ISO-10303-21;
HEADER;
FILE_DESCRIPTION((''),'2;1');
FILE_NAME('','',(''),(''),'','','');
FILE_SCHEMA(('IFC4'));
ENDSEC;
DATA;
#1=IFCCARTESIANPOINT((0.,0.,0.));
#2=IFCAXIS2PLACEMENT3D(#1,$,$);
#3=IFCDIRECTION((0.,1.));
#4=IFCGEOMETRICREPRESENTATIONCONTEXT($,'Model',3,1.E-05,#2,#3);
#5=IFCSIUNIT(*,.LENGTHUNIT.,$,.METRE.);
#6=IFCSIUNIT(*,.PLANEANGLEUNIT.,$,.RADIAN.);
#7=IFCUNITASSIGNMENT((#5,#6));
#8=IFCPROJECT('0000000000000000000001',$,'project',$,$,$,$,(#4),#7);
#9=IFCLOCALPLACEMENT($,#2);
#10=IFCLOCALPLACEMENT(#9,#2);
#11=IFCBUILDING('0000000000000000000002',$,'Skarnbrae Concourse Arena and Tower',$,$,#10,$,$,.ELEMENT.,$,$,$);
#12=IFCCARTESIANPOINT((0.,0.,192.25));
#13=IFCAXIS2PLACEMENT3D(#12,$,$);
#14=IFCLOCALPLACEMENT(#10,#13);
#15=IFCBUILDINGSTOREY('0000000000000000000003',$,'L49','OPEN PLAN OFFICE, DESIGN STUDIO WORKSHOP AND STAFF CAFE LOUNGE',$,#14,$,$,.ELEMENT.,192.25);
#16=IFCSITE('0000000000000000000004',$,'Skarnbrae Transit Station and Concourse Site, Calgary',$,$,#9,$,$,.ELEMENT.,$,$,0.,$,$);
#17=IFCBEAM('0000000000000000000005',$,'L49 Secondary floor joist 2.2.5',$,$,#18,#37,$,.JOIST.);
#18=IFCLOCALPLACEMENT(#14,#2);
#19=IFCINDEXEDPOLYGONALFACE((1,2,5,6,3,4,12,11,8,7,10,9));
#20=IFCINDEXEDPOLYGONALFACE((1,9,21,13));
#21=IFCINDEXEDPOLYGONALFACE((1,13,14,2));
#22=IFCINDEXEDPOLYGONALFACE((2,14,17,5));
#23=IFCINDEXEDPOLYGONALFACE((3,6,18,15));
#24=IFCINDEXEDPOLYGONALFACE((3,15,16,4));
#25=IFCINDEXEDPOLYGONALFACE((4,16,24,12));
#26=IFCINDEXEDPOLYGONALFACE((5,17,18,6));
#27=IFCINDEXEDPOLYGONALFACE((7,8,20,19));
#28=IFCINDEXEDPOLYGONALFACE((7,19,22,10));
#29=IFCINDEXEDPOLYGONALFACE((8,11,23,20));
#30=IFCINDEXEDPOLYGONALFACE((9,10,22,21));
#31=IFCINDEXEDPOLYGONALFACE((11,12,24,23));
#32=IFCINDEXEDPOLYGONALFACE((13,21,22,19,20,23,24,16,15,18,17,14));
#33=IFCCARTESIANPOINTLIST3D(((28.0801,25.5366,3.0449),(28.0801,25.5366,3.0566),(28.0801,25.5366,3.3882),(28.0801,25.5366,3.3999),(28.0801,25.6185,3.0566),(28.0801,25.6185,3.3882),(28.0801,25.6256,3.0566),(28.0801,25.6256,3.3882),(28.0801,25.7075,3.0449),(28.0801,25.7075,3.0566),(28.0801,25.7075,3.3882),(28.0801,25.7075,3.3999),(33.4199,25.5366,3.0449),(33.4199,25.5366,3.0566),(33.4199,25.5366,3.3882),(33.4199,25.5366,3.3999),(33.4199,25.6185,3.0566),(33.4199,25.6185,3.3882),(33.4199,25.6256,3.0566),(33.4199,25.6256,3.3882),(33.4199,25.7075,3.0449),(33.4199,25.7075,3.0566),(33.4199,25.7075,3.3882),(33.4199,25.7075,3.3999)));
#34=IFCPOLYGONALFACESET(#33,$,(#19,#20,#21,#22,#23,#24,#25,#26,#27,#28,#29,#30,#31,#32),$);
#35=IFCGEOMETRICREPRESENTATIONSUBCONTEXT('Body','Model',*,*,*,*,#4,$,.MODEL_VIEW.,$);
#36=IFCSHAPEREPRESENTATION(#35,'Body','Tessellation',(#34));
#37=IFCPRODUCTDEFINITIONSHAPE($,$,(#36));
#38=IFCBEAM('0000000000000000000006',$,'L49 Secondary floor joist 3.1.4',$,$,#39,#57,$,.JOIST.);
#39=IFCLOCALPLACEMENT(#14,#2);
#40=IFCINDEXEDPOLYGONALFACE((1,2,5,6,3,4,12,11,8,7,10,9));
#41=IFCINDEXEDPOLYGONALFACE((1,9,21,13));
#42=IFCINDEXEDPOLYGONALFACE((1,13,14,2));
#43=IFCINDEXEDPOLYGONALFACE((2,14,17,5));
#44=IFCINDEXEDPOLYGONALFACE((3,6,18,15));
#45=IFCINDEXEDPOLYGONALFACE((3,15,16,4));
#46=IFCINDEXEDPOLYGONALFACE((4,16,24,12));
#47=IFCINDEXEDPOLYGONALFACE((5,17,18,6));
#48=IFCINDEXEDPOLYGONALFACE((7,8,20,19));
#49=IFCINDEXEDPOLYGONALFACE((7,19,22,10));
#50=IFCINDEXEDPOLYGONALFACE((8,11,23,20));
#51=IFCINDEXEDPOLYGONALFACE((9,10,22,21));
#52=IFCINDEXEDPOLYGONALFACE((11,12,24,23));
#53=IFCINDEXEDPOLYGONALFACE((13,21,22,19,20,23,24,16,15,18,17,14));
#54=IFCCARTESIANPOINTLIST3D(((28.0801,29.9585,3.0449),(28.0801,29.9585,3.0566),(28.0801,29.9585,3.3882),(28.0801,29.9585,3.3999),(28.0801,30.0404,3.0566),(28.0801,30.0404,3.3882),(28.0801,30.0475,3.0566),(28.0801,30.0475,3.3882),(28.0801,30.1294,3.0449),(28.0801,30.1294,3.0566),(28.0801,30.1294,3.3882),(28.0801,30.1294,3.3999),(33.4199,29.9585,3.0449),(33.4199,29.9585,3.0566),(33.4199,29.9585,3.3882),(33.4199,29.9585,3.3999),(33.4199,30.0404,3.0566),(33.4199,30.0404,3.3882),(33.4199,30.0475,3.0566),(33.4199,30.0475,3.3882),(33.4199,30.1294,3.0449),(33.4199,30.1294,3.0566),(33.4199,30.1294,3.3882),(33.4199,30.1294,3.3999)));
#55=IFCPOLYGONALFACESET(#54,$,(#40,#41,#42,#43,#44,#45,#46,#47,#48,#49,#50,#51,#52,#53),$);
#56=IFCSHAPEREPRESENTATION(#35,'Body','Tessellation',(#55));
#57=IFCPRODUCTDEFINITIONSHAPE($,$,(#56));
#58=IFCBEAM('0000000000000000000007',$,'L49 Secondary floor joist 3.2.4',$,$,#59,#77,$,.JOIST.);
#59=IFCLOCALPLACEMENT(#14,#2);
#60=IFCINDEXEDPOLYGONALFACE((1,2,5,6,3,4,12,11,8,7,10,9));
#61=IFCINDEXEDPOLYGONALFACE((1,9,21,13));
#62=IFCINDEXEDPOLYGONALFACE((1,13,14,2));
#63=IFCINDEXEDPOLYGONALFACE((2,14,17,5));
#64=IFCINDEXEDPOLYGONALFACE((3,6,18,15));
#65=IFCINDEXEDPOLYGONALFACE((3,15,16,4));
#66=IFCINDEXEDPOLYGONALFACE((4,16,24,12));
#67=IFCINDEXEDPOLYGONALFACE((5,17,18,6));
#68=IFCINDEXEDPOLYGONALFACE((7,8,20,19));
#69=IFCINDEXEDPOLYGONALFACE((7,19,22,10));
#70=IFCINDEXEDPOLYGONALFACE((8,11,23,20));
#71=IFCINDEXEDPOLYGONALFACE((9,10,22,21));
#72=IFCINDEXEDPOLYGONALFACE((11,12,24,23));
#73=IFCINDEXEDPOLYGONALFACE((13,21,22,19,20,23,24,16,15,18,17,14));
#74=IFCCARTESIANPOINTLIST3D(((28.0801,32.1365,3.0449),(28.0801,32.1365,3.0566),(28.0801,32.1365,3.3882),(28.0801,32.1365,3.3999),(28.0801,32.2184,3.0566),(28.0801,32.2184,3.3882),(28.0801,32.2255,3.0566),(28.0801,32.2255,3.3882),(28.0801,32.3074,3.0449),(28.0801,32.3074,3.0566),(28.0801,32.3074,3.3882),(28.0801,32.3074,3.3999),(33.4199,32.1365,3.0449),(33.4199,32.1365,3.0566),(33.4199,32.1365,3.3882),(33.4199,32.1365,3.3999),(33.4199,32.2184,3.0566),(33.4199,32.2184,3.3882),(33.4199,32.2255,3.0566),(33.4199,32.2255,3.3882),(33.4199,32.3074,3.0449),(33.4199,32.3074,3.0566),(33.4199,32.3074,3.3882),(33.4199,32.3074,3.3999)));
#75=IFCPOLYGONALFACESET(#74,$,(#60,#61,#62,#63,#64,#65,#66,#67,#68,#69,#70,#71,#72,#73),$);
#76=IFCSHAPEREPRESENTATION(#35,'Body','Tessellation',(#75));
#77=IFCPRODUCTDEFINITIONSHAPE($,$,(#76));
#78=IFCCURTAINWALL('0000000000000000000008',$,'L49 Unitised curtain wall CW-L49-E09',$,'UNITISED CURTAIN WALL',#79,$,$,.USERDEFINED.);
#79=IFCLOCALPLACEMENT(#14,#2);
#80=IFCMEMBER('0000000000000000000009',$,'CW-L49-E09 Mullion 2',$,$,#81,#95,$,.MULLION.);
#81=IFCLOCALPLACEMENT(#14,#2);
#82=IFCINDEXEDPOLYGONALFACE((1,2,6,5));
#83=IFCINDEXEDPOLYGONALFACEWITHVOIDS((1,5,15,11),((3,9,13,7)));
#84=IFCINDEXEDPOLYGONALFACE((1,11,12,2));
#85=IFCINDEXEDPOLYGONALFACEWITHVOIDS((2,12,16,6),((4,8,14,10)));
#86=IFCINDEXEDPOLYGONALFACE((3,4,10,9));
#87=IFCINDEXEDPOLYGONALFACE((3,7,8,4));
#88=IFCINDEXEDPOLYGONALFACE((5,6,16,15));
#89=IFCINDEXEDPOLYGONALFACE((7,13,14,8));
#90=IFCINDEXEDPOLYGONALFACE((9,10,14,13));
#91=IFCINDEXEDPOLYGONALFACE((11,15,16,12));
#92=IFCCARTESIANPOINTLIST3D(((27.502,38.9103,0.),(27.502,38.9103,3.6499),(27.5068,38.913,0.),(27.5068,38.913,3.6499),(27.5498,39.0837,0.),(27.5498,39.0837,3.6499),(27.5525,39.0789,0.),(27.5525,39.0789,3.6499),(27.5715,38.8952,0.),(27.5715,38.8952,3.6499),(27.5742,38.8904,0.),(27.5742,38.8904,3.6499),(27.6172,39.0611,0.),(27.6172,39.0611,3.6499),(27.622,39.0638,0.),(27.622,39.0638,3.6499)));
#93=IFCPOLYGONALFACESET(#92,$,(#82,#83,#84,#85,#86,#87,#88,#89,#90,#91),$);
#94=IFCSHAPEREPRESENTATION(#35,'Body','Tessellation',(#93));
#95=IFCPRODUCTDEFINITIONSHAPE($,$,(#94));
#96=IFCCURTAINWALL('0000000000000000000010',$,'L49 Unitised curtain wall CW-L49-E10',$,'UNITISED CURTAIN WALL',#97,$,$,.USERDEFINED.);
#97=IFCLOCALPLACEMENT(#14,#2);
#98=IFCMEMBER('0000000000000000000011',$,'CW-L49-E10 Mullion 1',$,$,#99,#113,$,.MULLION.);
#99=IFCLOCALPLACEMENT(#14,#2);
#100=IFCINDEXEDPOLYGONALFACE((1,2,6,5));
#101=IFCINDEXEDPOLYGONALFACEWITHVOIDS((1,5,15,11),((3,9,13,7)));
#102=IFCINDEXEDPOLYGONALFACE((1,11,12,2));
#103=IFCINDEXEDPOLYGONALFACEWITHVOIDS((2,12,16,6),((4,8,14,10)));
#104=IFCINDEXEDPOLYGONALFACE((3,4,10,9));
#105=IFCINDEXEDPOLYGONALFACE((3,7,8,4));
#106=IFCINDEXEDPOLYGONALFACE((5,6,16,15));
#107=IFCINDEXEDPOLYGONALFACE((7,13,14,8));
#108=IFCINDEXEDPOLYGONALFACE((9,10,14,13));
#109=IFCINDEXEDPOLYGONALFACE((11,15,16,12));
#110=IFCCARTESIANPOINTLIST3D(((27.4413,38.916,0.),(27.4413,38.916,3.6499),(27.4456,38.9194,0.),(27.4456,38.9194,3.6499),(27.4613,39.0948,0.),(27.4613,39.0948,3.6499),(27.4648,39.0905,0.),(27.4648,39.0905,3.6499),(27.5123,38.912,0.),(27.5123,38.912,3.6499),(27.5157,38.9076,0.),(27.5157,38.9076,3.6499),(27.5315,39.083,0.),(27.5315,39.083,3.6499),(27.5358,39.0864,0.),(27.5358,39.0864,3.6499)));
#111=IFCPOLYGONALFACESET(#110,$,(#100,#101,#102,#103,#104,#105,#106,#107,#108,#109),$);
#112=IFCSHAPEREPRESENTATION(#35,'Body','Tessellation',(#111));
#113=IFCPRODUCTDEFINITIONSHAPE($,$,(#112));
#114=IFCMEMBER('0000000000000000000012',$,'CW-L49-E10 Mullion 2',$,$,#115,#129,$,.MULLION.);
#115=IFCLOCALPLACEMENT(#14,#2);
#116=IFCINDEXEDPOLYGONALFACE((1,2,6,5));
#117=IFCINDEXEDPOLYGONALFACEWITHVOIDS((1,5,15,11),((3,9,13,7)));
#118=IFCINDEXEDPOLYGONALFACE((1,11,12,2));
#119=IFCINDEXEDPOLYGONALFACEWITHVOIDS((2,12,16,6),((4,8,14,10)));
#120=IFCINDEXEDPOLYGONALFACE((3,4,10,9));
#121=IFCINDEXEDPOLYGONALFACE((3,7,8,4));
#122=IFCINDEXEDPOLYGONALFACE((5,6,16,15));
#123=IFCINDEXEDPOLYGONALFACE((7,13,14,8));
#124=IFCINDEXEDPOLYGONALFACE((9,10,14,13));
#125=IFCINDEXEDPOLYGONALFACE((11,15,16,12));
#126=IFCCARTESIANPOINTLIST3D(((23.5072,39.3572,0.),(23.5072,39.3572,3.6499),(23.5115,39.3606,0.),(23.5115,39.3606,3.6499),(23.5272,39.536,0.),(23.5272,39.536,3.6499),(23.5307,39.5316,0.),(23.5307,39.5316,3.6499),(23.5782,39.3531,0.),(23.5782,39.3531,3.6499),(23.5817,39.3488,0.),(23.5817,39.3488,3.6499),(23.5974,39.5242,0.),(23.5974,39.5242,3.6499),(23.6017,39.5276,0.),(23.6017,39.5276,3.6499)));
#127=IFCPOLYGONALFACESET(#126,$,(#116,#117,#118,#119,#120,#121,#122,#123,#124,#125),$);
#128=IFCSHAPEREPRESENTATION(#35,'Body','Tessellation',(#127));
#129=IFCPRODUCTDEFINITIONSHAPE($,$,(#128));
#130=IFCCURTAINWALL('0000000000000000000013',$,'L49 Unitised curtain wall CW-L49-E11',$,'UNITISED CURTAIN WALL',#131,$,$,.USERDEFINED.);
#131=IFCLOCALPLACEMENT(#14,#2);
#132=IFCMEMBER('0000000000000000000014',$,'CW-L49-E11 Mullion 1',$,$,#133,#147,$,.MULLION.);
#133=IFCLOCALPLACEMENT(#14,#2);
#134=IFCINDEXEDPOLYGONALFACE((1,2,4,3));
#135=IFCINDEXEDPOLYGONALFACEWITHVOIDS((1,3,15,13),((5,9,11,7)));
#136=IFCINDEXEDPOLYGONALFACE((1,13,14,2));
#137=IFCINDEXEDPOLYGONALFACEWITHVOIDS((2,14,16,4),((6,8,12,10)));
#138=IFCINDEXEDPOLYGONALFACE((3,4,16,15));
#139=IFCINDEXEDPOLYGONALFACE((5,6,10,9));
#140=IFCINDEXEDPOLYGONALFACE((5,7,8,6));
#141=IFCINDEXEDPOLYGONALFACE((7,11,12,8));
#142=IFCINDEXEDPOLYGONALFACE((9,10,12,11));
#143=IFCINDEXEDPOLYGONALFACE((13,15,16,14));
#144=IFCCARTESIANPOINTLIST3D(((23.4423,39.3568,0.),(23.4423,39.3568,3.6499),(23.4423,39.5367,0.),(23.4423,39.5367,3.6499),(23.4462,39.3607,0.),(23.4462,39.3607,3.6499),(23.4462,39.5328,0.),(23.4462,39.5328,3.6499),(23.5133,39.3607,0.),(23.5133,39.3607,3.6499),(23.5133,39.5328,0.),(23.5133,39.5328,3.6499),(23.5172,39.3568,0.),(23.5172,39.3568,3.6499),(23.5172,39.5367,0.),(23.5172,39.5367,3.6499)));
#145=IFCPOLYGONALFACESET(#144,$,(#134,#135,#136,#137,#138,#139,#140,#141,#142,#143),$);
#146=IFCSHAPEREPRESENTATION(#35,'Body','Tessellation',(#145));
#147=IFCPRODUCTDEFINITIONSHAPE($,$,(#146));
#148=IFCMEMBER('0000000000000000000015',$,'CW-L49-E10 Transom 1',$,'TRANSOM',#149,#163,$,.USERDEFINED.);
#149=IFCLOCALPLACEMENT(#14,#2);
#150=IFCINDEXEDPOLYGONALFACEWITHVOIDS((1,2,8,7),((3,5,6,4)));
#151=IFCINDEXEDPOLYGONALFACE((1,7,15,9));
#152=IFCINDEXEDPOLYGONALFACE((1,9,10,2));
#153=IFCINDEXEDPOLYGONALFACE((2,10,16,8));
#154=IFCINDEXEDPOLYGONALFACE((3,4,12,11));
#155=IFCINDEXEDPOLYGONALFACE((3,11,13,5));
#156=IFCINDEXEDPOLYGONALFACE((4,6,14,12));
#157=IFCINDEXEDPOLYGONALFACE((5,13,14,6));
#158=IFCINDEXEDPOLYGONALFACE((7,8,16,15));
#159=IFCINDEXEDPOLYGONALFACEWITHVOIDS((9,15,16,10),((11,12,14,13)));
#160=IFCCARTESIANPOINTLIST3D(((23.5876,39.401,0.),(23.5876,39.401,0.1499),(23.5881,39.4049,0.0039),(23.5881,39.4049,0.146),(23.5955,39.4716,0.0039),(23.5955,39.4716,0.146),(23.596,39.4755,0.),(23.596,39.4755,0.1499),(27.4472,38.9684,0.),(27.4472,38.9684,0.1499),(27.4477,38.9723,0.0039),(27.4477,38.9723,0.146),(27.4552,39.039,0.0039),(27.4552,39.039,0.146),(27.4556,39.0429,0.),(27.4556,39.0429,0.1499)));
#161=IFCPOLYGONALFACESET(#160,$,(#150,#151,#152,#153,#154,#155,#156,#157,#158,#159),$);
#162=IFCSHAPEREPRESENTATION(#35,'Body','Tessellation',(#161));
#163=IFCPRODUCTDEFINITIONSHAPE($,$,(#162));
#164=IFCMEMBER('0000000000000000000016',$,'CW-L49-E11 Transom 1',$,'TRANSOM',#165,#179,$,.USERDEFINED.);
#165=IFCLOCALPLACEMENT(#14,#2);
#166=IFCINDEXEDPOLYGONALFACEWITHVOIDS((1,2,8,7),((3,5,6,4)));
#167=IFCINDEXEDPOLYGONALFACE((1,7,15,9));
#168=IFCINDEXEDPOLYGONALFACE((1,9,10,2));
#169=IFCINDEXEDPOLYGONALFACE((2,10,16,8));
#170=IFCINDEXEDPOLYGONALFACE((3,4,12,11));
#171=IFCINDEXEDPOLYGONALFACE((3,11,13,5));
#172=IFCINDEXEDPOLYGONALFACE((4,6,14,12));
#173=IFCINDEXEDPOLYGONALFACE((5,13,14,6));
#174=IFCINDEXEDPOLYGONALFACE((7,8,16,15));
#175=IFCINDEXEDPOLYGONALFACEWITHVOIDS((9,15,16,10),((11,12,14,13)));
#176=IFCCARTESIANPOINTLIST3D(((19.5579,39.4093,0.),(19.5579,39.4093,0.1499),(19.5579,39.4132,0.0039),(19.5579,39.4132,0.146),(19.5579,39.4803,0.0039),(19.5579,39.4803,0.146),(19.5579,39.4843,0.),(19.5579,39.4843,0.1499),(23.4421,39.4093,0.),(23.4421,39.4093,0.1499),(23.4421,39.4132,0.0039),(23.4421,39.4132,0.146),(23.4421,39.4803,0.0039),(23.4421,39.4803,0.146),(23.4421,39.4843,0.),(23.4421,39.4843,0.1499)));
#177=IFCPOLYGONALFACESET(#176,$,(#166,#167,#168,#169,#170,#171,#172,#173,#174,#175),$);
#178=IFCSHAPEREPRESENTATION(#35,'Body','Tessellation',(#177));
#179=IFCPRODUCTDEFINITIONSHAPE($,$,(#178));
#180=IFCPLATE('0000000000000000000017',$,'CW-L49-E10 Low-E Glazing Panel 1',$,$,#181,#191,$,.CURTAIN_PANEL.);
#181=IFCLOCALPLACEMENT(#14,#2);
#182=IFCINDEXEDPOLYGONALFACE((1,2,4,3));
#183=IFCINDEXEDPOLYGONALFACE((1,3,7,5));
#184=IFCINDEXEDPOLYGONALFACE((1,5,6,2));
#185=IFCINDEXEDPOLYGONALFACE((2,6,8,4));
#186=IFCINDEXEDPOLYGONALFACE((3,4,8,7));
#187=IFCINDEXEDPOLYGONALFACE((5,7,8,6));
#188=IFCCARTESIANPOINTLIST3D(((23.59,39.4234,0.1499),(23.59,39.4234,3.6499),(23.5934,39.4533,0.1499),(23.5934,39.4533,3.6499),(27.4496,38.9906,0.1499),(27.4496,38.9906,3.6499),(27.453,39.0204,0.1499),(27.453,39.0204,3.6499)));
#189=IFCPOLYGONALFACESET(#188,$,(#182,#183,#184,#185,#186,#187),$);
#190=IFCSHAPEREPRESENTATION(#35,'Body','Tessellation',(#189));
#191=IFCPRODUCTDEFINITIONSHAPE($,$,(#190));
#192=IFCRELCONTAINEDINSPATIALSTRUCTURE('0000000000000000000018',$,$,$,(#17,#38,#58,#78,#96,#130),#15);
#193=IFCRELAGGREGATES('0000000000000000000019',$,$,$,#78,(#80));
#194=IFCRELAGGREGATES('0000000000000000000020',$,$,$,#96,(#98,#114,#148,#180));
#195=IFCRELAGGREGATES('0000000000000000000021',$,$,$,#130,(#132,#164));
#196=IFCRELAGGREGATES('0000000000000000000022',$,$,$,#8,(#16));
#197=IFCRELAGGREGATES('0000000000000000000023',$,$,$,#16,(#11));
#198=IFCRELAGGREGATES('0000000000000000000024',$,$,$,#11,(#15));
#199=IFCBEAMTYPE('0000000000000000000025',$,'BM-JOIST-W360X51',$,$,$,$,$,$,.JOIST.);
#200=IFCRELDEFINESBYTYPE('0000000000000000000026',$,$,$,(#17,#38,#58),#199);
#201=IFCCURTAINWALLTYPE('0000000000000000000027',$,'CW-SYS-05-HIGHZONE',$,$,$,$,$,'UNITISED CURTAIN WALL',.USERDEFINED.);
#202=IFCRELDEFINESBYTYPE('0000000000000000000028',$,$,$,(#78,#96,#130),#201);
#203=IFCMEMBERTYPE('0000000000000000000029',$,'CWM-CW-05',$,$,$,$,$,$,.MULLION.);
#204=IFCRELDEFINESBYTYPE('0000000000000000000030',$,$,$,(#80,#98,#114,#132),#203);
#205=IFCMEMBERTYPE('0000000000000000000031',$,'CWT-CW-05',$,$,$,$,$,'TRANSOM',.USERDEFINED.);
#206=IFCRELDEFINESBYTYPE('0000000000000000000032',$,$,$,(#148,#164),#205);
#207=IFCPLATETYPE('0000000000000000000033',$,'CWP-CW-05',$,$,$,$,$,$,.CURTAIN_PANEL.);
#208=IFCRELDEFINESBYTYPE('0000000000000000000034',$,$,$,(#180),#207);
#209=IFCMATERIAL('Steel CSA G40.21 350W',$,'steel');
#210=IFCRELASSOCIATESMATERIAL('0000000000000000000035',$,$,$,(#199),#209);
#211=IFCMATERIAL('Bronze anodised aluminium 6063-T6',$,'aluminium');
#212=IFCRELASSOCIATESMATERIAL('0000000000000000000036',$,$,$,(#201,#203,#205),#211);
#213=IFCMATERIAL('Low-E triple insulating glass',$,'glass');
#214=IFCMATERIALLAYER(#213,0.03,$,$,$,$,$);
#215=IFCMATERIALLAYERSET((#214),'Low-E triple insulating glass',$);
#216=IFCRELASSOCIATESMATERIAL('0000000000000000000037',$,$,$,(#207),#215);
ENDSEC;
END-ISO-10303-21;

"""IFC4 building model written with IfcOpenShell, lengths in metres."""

from ifc_helpers import new_model, si_unit, direction, frame, origin, origin_2d, place, context, subcontext, project, spatial, rectangle, hollow_rectangle, i_section, extrude, source, transform, mapped, material, layer, layer_set, material_profile, profile_set, type_object, element, aggregate, save


model = new_model("IFC4")

# Units and contexts
model_context = context("Model", 3, precision=1e-05, world=origin(), true_north=direction((0.0, 1.0)))
body_context = subcontext(model_context, "Body", "Model", "MODEL_VIEW")
ifc_project = project(units=[si_unit("LENGTHUNIT", "METRE"), si_unit("PLANEANGLEUNIT", "RADIAN")], contexts=[model_context])

# Site, building, storey
site_placement = place(None, origin())
site = spatial("IfcSite", under=ifc_project, at=site_placement, Name="Skarnbrae Transit Station and Concourse Site, Calgary", CompositionType="ELEMENT", RefElevation=0.0)
building_placement = place(site_placement, origin())
building = spatial("IfcBuilding", under=site, at=building_placement, Name="Skarnbrae Concourse Arena and Tower", CompositionType="ELEMENT")
storey_placement = place(building_placement, frame((0.0, 0.0, 192.25)))
storey = spatial("IfcBuildingStorey", under=building, at=storey_placement, Name="L49", Description="OPEN PLAN OFFICE, DESIGN STUDIO WORKSHOP AND STAFF CAFE LOUNGE", CompositionType="ELEMENT", Elevation=192.25)

# Shared definitions
ifc_material_1 = material(Name="Steel CSA G40.21 350W", Category="steel")

# Beams
ifc_material_profile_1 = material_profile(ifc_material_1, i_section(OverallWidth=0.1709, OverallDepth=0.355, WebThickness=0.0071, FlangeThickness=0.0117, at=origin_2d()), Name="W360X51")
ifc_profile_set_1 = profile_set([ifc_material_profile_1], Name="Steel CSA G40.21 350W")
beam_type_1 = type_object("IfcBeamType", Name="BM-JOIST-W360X51", PredefinedType="JOIST", material=ifc_profile_set_1)
shared_shape_1 = source(origin(), body_context, "Body", "SweptSolid", [
    extrude(i_section(OverallWidth=0.1709, OverallDepth=0.355, WebThickness=0.0071, FlangeThickness=0.0117, at=origin_2d()), origin(), (0.0, 0.0, 1.0), 5.3398),
])
for number, where, z_axis, x_axis, name in (
    (1, (28.0801, 25.6221, 3.2224), (1.0, 0.0, 0.0), (0.0, 1.0, 0.0), "L49 Secondary floor joist 2.2.5"),
    (2, (28.0801, 30.0439, 3.2224), (1.0, 0.0, 0.0), (0.0, 1.0, 0.0), "L49 Secondary floor joist 3.1.4"),
    (3, (28.0801, 32.2219, 3.2224), (1.0, 0.0, 0.0), (0.0, 1.0, 0.0), "L49 Secondary floor joist 3.2.4"),
):
    element("IfcBeam", number, at=place(storey_placement, frame(where, z_axis=z_axis, x_axis=x_axis)), inside=storey, type_object=beam_type_1, Name=name, PredefinedType="JOIST", context=body_context, shape_type="MappedRepresentation", body=[
        mapped(shared_shape_1, transform((0.0, 0.0, 0.0))),
    ])

# Curtain wall, member
ifc_material_2 = material(Name="Bronze anodised aluminium 6063-T6", Category="aluminium")
curtain_wall_type = type_object("IfcCurtainWallType", Name="CW-SYS-05-HIGHZONE", ElementType="UNITISED CURTAIN WALL", PredefinedType="USERDEFINED", material=ifc_material_2)
curtain_wall_1_placement = place(storey_placement, origin())
curtain_wall_1 = element("IfcCurtainWall", 4, at=curtain_wall_1_placement, inside=storey, type_object=curtain_wall_type, Name="L49 Unitised curtain wall CW-L49-E09", ObjectType="UNITISED CURTAIN WALL", PredefinedType="USERDEFINED")
ifc_material_profile_2 = material_profile(ifc_material_2, hollow_rectangle(XDim=0.075, YDim=0.1799, WallThickness=0.0039, at=origin_2d()), Name="ALU-MULL-75X180")
ifc_profile_set_2 = profile_set([ifc_material_profile_2], Name="Bronze anodised aluminium 6063-T6")
member_type_1 = type_object("IfcMemberType", Name="CWM-CW-05", PredefinedType="MULLION", material=ifc_profile_set_2)
shared_shape_2 = source(origin(), body_context, "Body", "SweptSolid", [
    extrude(hollow_rectangle(XDim=0.075, YDim=0.1799, WallThickness=0.0039, at=origin_2d()), origin(), (0.0, 0.0, 1.0), 3.6499),
])
member_1_placement = place(storey_placement, frame((27.562, 38.9871, 0.0), z_axis=(0.0, 0.0, 1.0), x_axis=(-0.964057, 0.265694, 0.0)))
member_1 = element("IfcMember", 5, at=member_1_placement, type_object=member_type_1, Name="CW-L49-E09 Mullion 2", PredefinedType="MULLION", context=body_context, shape_type="MappedRepresentation", body=[
    mapped(shared_shape_2, transform((0.0, 0.0, 0.0))),
])
aggregate(curtain_wall_1, [member_1])

# Curtain wall, members
curtain_wall_2_placement = place(storey_placement, origin())
curtain_wall_2 = element("IfcCurtainWall", 6, at=curtain_wall_2_placement, inside=storey, type_object=curtain_wall_type, Name="L49 Unitised curtain wall CW-L49-E10", ObjectType="UNITISED CURTAIN WALL", PredefinedType="USERDEFINED")
member_2_placement = place(storey_placement, frame((27.4885, 39.0012, 0.0), z_axis=(0.0, 0.0, 1.0), x_axis=(-0.993769, 0.11146, 0.0)))
member_2 = element("IfcMember", 7, at=member_2_placement, type_object=member_type_1, Name="CW-L49-E10 Mullion 1", PredefinedType="MULLION", context=body_context, shape_type="MappedRepresentation", body=[
    mapped(shared_shape_2, transform((0.0, 0.0, 0.0))),
])
member_3_placement = place(storey_placement, frame((23.5544, 39.4424, 0.0), z_axis=(0.0, 0.0, 1.0), x_axis=(-0.993769, 0.11146, 0.0)))
member_3 = element("IfcMember", 8, at=member_3_placement, type_object=member_type_1, Name="CW-L49-E10 Mullion 2", PredefinedType="MULLION", context=body_context, shape_type="MappedRepresentation", body=[
    mapped(shared_shape_2, transform((0.0, 0.0, 0.0))),
])

# Curtain wall, member
curtain_wall_3_placement = place(storey_placement, origin())
curtain_wall_3 = element("IfcCurtainWall", 9, at=curtain_wall_3_placement, inside=storey, type_object=curtain_wall_type, Name="L49 Unitised curtain wall CW-L49-E11", ObjectType="UNITISED CURTAIN WALL", PredefinedType="USERDEFINED")
member_4_placement = place(storey_placement, frame((23.4797, 39.4468, 0.0), z_axis=(0.0, 0.0, 1.0), x_axis=(-1.0, 0.0, 0.0)))
member_4 = element("IfcMember", 10, at=member_4_placement, type_object=member_type_1, Name="CW-L49-E11 Mullion 1", PredefinedType="MULLION", context=body_context, shape_type="MappedRepresentation", body=[
    mapped(shared_shape_2, transform((0.0, 0.0, 0.0))),
])

# Members
ifc_material_profile_3 = material_profile(ifc_material_2, hollow_rectangle(XDim=0.075, YDim=0.1499, WallThickness=0.0039, at=origin_2d()), Name="ALU-TRAN-75X150")
ifc_profile_set_3 = profile_set([ifc_material_profile_3], Name="Bronze anodised aluminium 6063-T6")
member_type_2 = type_object("IfcMemberType", Name="CWT-CW-05", ElementType="TRANSOM", PredefinedType="USERDEFINED", material=ifc_profile_set_3)
shared_shape_3 = source(origin(), body_context, "Body", "SweptSolid", [
    extrude(hollow_rectangle(XDim=0.075, YDim=0.1499, WallThickness=0.0039, at=origin_2d()), origin(), (0.0, 0.0, 1.0), 3.8838),
])
member_5_placement = place(storey_placement, frame((27.4514, 39.0056, 0.075), z_axis=(-0.993777, 0.11139, 0.0), x_axis=(-0.11139, -0.993777, 0.0)))
member_5 = element("IfcMember", 11, at=member_5_placement, type_object=member_type_2, Name="CW-L49-E10 Transom 1", ObjectType="TRANSOM", PredefinedType="USERDEFINED", context=body_context, shape_type="MappedRepresentation", body=[
    mapped(shared_shape_3, transform((0.0, 0.0, 0.0))),
])
shared_shape_4 = source(origin(), body_context, "Body", "SweptSolid", [
    extrude(hollow_rectangle(XDim=0.075, YDim=0.1499, WallThickness=0.0039, at=origin_2d()), origin(), (0.0, 0.0, 1.0), 3.8843),
])
member_6_placement = place(storey_placement, frame((23.4421, 39.4468, 0.075), z_axis=(-1.0, 0.0, 0.0), x_axis=(0.0, -1.0, 0.0)))
member_6 = element("IfcMember", 12, at=member_6_placement, type_object=member_type_2, Name="CW-L49-E11 Transom 1", ObjectType="TRANSOM", PredefinedType="USERDEFINED", context=body_context, shape_type="MappedRepresentation", body=[
    mapped(shared_shape_4, transform((0.0, 0.0, 0.0))),
])

# Plate
ifc_material_3 = material(Name="Low-E triple insulating glass", Category="glass")
ifc_layer_1 = layer(ifc_material_3, 0.03)
ifc_layer_set_1 = layer_set([ifc_layer_1], Name="Low-E triple insulating glass")
plate_type = type_object("IfcPlateType", Name="CWP-CW-05", PredefinedType="CURTAIN_PANEL", material=ifc_layer_set_1)
shared_shape_5 = source(origin(), body_context, "Body", "SweptSolid", [
    extrude(rectangle(XDim=3.8838, YDim=0.03, at=origin_2d()), origin(), (0.0, 0.0, 1.0), 3.5),
])
plate_1_placement = place(storey_placement, frame((25.5215, 39.2219, 0.1499), z_axis=(0.0, 0.0, 1.0), x_axis=(-0.993769, 0.11146, 0.0)))
plate_1 = element("IfcPlate", 13, at=plate_1_placement, type_object=plate_type, Name="CW-L49-E10 Low-E Glazing Panel 1", PredefinedType="CURTAIN_PANEL", context=body_context, shape_type="MappedRepresentation", body=[
    mapped(shared_shape_5, transform((0.0, 0.0, 0.0))),
])
aggregate(curtain_wall_2, [member_2, member_3, member_5, plate_1])
aggregate(curtain_wall_3, [member_4, member_6])

save(model, "model.ifc")
